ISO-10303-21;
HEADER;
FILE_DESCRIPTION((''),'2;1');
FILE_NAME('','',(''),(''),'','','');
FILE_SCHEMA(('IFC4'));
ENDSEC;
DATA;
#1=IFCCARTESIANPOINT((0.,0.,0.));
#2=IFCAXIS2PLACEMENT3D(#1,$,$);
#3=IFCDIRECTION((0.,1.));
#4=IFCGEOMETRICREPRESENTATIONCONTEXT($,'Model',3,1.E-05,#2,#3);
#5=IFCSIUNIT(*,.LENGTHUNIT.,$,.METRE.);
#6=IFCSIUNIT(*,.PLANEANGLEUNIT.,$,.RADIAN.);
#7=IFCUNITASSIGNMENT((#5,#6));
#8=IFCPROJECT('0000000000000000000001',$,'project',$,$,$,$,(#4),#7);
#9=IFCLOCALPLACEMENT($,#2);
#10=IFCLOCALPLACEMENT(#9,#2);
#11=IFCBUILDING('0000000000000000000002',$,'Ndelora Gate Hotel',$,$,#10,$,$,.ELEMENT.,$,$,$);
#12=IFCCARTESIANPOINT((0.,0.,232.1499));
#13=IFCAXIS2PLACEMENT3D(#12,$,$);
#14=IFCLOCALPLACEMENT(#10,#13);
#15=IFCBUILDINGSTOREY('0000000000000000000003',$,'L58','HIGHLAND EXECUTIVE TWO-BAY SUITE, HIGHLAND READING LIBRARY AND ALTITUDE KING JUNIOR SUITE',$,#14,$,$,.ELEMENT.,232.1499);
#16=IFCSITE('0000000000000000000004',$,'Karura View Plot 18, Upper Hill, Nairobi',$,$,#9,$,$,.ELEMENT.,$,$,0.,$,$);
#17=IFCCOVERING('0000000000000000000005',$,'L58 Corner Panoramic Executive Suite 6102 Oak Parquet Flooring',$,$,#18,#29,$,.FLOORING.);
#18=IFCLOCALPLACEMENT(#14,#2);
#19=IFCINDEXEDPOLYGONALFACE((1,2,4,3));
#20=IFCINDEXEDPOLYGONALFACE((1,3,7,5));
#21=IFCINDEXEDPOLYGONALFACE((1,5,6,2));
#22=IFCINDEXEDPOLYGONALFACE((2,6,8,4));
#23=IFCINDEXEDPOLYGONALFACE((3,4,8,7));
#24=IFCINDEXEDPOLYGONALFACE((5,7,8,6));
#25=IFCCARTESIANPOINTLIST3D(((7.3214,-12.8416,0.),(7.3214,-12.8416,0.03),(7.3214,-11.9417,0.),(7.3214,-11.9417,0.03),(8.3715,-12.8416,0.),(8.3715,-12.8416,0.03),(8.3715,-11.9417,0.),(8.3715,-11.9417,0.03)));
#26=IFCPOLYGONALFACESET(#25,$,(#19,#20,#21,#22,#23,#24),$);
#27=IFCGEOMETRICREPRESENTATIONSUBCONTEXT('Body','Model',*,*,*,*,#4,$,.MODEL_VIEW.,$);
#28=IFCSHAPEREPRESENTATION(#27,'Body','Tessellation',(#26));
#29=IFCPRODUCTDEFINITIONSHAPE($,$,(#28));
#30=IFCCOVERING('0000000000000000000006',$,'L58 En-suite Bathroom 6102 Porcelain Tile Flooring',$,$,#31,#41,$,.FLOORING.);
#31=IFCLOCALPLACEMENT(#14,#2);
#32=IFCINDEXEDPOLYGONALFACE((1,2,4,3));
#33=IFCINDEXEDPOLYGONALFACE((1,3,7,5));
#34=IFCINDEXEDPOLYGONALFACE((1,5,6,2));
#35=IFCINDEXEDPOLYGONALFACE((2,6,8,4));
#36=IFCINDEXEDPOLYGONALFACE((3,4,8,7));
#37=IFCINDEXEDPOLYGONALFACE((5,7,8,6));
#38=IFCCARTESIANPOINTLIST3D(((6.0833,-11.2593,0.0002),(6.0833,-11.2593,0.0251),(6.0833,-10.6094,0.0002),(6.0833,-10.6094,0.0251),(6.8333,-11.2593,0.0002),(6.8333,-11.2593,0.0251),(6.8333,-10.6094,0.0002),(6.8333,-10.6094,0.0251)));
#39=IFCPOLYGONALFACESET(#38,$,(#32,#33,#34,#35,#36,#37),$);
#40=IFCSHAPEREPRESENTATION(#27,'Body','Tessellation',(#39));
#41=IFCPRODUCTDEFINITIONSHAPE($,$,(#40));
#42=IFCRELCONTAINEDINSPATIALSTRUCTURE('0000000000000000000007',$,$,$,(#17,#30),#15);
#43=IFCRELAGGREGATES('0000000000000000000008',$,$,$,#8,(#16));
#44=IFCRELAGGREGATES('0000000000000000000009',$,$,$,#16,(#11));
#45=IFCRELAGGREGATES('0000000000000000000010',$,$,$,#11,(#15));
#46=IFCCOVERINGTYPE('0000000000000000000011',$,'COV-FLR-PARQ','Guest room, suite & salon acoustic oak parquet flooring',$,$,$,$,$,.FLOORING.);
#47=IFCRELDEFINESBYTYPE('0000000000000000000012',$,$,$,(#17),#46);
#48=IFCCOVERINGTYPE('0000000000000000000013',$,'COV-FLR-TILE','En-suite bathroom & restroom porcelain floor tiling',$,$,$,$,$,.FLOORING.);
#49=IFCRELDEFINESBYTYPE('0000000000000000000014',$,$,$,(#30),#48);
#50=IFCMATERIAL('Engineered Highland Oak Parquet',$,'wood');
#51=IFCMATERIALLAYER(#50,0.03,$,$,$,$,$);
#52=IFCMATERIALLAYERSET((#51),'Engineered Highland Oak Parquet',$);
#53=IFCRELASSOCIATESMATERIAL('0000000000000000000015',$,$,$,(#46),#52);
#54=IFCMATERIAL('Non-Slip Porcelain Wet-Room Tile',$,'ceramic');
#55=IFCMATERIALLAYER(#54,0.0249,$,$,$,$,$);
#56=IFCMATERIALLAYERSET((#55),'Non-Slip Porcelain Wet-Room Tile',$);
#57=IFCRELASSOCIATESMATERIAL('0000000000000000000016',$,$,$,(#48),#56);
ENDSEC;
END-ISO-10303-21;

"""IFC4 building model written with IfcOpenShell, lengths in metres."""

from ifc_helpers import new_model, si_unit, direction, frame, origin, origin_2d, place, context, subcontext, project, spatial, rectangle, extrude, material, layer, layer_set, type_object, element, save


model = new_model("IFC4")

# Units and contexts
model_context = context("Model", 3, precision=1e-05, world=origin(), true_north=direction((0.0, 1.0)))
body_context = subcontext(model_context, "Body", "Model", "MODEL_VIEW")
ifc_project = project(units=[si_unit("LENGTHUNIT", "METRE"), si_unit("PLANEANGLEUNIT", "RADIAN")], contexts=[model_context])

# Site, building, storey
site_placement = place(None, origin())
site = spatial("IfcSite", under=ifc_project, at=site_placement, Name="Karura View Plot 18, Upper Hill, Nairobi", CompositionType="ELEMENT", RefElevation=0.0)
building_placement = place(site_placement, origin())
building = spatial("IfcBuilding", under=site, at=building_placement, Name="Ndelora Gate Hotel", CompositionType="ELEMENT")
storey_placement = place(building_placement, frame((0.0, 0.0, 232.1499)))
storey = spatial("IfcBuildingStorey", under=building, at=storey_placement, Name="L58", Description="HIGHLAND EXECUTIVE TWO-BAY SUITE, HIGHLAND READING LIBRARY AND ALTITUDE KING JUNIOR SUITE", CompositionType="ELEMENT", Elevation=232.1499)

# Coverings
ifc_material_1 = material(Name="Engineered Highland Oak Parquet", Category="wood")
ifc_layer_1 = layer(ifc_material_1, 0.03)
ifc_layer_set_1 = layer_set([ifc_layer_1], Name="Engineered Highland Oak Parquet")
covering_type_1 = type_object("IfcCoveringType", Name="COV-FLR-PARQ", Description="Guest room, suite & salon acoustic oak parquet flooring", PredefinedType="FLOORING", material=ifc_layer_set_1)
covering_1_placement = place(storey_placement, frame((7.8464, -12.3916, 0.0), z_axis=(0.0, 0.0, 1.0), x_axis=(1.0, 0.0, 0.0)))
element("IfcCovering", 1, at=covering_1_placement, inside=storey, type_object=covering_type_1, Name="L58 Corner Panoramic Executive Suite 6102 Oak Parquet Flooring", PredefinedType="FLOORING", context=body_context, shape_type="SweptSolid", body=[
    extrude(rectangle(XDim=1.05, YDim=0.8999, at=origin_2d()), origin(), (0.0, 0.0, 1.0), 0.03),
])
ifc_material_2 = material(Name="Non-Slip Porcelain Wet-Room Tile", Category="ceramic")
ifc_layer_2 = layer(ifc_material_2, 0.0249)
ifc_layer_set_2 = layer_set([ifc_layer_2], Name="Non-Slip Porcelain Wet-Room Tile")
covering_type_2 = type_object("IfcCoveringType", Name="COV-FLR-TILE", Description="En-suite bathroom & restroom porcelain floor tiling", PredefinedType="FLOORING", material=ifc_layer_set_2)
covering_2_placement = place(storey_placement, frame((6.4583, -10.9343, 0.0002), z_axis=(0.0, 0.0, 1.0), x_axis=(1.0, 0.0, 0.0)))
element("IfcCovering", 2, at=covering_2_placement, inside=storey, type_object=covering_type_2, Name="L58 En-suite Bathroom 6102 Porcelain Tile Flooring", PredefinedType="FLOORING", context=body_context, shape_type="SweptSolid", body=[
    extrude(rectangle(XDim=0.75, YDim=0.6499, at=origin_2d()), origin(), (0.0, 0.0, 1.0), 0.0249),
])

save(model, "model.ifc")
